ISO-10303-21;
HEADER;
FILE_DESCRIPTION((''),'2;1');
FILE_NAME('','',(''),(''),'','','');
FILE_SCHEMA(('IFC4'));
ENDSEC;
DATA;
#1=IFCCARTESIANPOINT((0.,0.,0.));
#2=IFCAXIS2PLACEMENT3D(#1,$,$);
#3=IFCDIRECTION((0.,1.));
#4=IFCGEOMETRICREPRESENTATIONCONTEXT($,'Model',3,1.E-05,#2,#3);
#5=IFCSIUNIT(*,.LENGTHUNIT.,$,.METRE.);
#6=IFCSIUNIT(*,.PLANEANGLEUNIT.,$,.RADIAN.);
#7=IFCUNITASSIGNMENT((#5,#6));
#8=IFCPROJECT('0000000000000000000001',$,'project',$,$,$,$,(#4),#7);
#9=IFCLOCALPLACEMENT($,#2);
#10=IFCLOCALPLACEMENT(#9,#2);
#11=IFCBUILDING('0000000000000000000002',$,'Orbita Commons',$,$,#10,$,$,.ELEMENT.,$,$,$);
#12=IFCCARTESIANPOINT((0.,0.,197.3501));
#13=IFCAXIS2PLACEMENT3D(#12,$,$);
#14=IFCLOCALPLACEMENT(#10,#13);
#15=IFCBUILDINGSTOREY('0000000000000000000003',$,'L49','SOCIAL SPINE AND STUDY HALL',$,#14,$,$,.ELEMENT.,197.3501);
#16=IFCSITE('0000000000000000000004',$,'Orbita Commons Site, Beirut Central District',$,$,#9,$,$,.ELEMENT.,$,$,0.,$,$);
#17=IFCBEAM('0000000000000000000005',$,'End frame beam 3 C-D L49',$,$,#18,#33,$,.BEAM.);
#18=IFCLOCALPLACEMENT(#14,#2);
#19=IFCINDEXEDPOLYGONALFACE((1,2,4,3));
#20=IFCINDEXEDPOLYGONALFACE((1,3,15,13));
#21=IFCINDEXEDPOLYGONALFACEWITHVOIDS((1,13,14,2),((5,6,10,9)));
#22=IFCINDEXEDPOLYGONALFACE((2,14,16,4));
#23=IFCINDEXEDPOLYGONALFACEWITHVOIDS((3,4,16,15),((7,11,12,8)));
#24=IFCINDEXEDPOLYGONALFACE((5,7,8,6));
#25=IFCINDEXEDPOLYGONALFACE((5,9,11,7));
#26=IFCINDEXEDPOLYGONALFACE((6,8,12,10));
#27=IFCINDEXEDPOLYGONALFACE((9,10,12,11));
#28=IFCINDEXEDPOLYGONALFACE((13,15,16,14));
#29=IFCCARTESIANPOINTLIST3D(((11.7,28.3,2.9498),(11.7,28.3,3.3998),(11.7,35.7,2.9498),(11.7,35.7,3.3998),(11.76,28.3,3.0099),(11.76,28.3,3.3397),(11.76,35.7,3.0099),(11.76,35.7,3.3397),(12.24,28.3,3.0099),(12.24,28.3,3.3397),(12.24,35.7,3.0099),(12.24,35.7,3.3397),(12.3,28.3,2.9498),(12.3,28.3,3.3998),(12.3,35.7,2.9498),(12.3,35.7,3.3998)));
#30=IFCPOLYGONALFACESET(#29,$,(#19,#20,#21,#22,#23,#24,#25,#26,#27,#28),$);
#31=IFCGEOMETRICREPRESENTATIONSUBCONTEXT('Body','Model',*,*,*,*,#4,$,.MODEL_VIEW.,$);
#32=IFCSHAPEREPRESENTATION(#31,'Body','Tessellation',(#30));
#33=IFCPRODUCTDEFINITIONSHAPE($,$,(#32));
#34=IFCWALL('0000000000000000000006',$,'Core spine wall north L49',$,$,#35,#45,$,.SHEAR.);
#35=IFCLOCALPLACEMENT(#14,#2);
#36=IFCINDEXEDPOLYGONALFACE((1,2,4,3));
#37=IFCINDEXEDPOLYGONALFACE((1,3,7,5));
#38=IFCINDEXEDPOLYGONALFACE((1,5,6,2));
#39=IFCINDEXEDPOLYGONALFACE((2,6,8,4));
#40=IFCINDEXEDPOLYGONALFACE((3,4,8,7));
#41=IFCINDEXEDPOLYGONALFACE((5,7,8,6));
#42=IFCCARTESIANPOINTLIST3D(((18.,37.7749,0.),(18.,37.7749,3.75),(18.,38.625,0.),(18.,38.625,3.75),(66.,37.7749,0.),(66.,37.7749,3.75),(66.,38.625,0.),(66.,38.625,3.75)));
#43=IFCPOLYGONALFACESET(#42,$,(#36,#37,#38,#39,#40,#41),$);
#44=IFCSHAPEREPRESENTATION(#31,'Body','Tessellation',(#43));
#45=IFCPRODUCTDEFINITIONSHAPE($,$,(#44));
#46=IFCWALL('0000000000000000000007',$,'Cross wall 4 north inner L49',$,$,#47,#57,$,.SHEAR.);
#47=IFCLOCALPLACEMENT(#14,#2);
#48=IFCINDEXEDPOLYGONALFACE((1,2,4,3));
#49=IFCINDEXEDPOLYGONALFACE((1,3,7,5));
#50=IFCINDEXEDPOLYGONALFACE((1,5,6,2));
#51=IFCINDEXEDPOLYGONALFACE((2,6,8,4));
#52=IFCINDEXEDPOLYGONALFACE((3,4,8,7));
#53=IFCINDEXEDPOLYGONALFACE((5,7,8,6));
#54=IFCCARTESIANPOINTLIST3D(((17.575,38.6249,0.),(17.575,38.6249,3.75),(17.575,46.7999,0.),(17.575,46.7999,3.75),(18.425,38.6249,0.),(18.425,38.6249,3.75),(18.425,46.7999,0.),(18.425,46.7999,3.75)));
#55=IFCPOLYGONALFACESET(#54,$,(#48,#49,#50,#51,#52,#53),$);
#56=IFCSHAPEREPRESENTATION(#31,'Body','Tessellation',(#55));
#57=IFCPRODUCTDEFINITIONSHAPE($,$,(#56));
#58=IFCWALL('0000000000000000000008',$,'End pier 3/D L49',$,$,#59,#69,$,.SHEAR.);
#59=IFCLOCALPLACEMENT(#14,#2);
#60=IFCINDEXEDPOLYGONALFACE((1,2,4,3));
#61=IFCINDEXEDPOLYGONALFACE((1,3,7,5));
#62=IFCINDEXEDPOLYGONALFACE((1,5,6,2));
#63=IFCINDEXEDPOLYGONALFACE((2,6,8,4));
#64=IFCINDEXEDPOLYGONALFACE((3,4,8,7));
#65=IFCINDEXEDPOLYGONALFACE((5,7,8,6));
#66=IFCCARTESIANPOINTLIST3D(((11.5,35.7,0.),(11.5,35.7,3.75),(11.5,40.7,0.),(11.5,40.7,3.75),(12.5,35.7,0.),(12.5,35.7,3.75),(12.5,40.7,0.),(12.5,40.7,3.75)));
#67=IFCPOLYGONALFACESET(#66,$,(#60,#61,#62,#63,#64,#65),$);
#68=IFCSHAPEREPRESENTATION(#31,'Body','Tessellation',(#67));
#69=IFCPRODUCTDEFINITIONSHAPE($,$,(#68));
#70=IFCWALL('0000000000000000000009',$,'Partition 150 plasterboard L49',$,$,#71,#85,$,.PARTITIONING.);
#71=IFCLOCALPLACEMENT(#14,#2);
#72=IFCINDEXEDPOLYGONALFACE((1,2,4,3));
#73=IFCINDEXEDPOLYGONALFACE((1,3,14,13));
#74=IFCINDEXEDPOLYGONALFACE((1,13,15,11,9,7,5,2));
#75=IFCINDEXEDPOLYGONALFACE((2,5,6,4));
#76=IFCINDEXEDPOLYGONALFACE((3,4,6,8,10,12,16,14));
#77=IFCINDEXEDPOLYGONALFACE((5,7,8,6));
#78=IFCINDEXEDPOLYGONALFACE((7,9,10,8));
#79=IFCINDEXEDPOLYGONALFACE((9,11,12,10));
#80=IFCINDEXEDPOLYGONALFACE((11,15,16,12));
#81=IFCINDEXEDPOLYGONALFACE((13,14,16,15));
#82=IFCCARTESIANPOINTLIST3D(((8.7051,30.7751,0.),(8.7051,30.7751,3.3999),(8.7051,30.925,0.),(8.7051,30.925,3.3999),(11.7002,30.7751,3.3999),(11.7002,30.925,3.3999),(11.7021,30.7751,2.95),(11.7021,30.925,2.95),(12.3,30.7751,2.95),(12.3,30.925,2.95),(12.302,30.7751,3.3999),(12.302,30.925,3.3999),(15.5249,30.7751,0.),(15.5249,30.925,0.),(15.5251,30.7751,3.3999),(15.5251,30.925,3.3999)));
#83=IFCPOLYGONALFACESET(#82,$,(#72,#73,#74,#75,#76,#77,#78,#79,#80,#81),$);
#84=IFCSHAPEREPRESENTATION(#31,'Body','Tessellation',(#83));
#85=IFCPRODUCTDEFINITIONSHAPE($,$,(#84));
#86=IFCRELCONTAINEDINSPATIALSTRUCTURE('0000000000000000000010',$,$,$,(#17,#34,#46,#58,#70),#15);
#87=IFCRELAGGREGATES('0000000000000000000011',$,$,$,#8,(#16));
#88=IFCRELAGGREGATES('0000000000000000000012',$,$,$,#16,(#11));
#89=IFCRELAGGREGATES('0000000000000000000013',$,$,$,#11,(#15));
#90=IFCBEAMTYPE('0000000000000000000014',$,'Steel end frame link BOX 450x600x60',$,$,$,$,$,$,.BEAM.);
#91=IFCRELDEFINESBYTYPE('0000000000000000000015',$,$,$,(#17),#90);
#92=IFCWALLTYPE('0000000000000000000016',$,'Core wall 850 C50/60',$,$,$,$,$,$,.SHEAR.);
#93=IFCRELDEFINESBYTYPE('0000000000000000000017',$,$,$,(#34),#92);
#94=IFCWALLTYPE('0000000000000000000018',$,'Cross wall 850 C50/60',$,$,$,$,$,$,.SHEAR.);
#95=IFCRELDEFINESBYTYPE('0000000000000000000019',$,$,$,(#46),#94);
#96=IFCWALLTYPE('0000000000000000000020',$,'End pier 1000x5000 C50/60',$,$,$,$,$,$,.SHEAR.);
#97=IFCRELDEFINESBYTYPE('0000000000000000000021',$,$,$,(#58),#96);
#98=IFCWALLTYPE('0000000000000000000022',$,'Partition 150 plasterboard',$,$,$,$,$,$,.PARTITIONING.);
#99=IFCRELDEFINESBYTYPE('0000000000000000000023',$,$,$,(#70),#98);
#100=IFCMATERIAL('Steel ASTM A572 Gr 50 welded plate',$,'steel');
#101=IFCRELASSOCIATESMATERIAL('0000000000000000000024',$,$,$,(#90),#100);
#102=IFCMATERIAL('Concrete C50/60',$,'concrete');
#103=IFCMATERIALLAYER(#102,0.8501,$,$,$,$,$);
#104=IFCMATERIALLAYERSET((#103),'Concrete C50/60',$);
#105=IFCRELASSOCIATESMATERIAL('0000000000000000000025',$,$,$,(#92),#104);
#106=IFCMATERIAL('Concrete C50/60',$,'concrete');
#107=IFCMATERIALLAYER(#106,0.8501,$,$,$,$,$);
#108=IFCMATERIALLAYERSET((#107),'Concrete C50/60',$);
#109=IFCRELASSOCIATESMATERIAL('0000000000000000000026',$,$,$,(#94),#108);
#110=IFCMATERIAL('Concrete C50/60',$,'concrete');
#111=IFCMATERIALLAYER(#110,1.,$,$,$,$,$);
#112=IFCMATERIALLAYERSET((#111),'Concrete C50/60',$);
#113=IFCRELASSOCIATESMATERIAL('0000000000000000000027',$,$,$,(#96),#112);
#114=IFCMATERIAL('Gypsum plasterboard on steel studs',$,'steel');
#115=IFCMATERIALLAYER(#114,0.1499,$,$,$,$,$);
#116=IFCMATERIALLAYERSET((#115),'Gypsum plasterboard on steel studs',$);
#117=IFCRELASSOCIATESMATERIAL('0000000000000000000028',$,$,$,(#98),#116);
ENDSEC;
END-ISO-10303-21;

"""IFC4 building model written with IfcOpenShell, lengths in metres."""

from ifc_helpers import new_model, si_unit, direction, frame, frame_2d, origin, origin_2d, place, context, subcontext, project, spatial, polyline, rectangle, hollow_rectangle, outline, extrude, material, layer, layer_set, material_profile, profile_set, type_object, element, save


model = new_model("IFC4")

# Units and contexts
model_context = context("Model", 3, precision=1e-05, world=origin(), true_north=direction((0.0, 1.0)))
body_context = subcontext(model_context, "Body", "Model", "MODEL_VIEW")
ifc_project = project(units=[si_unit("LENGTHUNIT", "METRE"), si_unit("PLANEANGLEUNIT", "RADIAN")], contexts=[model_context])

# Site, building, storey
site_placement = place(None, origin())
site = spatial("IfcSite", under=ifc_project, at=site_placement, Name="Orbita Commons Site, Beirut Central District", CompositionType="ELEMENT", RefElevation=0.0)
building_placement = place(site_placement, origin())
building = spatial("IfcBuilding", under=site, at=building_placement, Name="Orbita Commons", CompositionType="ELEMENT")
storey_placement = place(building_placement, frame((0.0, 0.0, 197.3501)))
storey = spatial("IfcBuildingStorey", under=building, at=storey_placement, Name="L49", Description="SOCIAL SPINE AND STUDY HALL", CompositionType="ELEMENT", Elevation=197.3501)

# Beam
ifc_material_1 = material(Name="Steel ASTM A572 Gr 50 welded plate", Category="steel")
ifc_material_profile = material_profile(ifc_material_1, hollow_rectangle(XDim=0.6001, YDim=0.45, WallThickness=0.0601, at=origin_2d()), Name="BOX 450x600x60")
ifc_profile_set = profile_set([ifc_material_profile], Name="Steel ASTM A572 Gr 50 welded plate")
beam_type = type_object("IfcBeamType", Name="Steel end frame link BOX 450x600x60", PredefinedType="BEAM", material=ifc_profile_set)
beam_placement = place(storey_placement, frame((12.0, 28.3, 3.1748), z_axis=(0.0, 1.0, 0.0), x_axis=(-1.0, 0.0, 0.0)))
element("IfcBeam", 1, at=beam_placement, inside=storey, type_object=beam_type, Name="End frame beam 3 C-D L49", PredefinedType="BEAM", context=body_context, shape_type="SweptSolid", body=[
    extrude(hollow_rectangle(XDim=0.6001, YDim=0.45, WallThickness=0.0601, at=origin_2d()), origin(), (0.0, 0.0, 1.0), 7.3999),
])

# Walls
ifc_material_2 = material(Name="Concrete C50/60", Category="concrete")
ifc_layer_1 = layer(ifc_material_2, 0.8501)
ifc_layer_set_1 = layer_set([ifc_layer_1], Name="Concrete C50/60")
wall_type_1 = type_object("IfcWallType", Name="Core wall 850 C50/60", PredefinedType="SHEAR", material=ifc_layer_set_1)
wall_1_placement = place(storey_placement, frame((18.0, 38.2, 0.0), z_axis=(0.0, 0.0, 1.0), x_axis=(1.0, 0.0, 0.0)))
element("IfcWall", 2, at=wall_1_placement, inside=storey, type_object=wall_type_1, Name="Core spine wall north L49", PredefinedType="SHEAR", context=body_context, shape_type="SweptSolid", body=[
    extrude(rectangle(XDim=48.0, YDim=0.8501, at=frame_2d((24.0, 0.0))), origin(), (0.0, 0.0, 1.0), 3.75),
])
ifc_material_3 = material(Name="Concrete C50/60", Category="concrete")
ifc_layer_2 = layer(ifc_material_3, 0.8501)
ifc_layer_set_2 = layer_set([ifc_layer_2], Name="Concrete C50/60")
wall_type_2 = type_object("IfcWallType", Name="Cross wall 850 C50/60", PredefinedType="SHEAR", material=ifc_layer_set_2)
wall_2_placement = place(storey_placement, frame((18.0, 38.625, 0.0), z_axis=(0.0, 0.0, 1.0), x_axis=(0.0, 1.0, 0.0)))
element("IfcWall", 3, at=wall_2_placement, inside=storey, type_object=wall_type_2, Name="Cross wall 4 north inner L49", PredefinedType="SHEAR", context=body_context, shape_type="SweptSolid", body=[
    extrude(rectangle(XDim=8.175, YDim=0.8501, at=frame_2d((4.0874, 0.0))), origin(), (0.0, 0.0, 1.0), 3.75),
])
ifc_material_4 = material(Name="Concrete C50/60", Category="concrete")
ifc_layer_3 = layer(ifc_material_4, 1.0)
ifc_layer_set_3 = layer_set([ifc_layer_3], Name="Concrete C50/60")
wall_type_3 = type_object("IfcWallType", Name="End pier 1000x5000 C50/60", PredefinedType="SHEAR", material=ifc_layer_set_3)
wall_3_placement = place(storey_placement, frame((12.0, 35.7, 0.0), z_axis=(0.0, 0.0, 1.0), x_axis=(0.0, 1.0, 0.0)))
element("IfcWall", 4, at=wall_3_placement, inside=storey, type_object=wall_type_3, Name="End pier 3/D L49", PredefinedType="SHEAR", context=body_context, shape_type="SweptSolid", body=[
    extrude(rectangle(XDim=5.0, YDim=1.0, at=frame_2d((2.5, 0.0))), origin(), (0.0, 0.0, 1.0), 3.75),
])
ifc_material_5 = material(Name="Gypsum plasterboard on steel studs", Category="steel")
ifc_layer_4 = layer(ifc_material_5, 0.1499)
ifc_layer_set_4 = layer_set([ifc_layer_4], Name="Gypsum plasterboard on steel studs")
wall_type_4 = type_object("IfcWallType", Name="Partition 150 plasterboard", PredefinedType="PARTITIONING", material=ifc_layer_set_4)
wall_4_placement = place(storey_placement, frame((8.7051, 30.8501, 0.0), z_axis=(0.0, 0.0, 1.0), x_axis=(1.0, 0.0, 0.0)))
element("IfcWall", 5, at=wall_4_placement, inside=storey, type_object=wall_type_4, Name="Partition 150 plasterboard L49", PredefinedType="PARTITIONING", context=body_context, shape_type="SweptSolid", body=[
    extrude(outline(polyline([(0.0, 0.0), (6.8198, 0.0), (6.8201, 3.3999), (3.5969, 3.3999), (3.595, 2.95), (2.9971, 2.95), (2.9951, 3.3999), (0.0, 3.3999), (0.0, 0.0)])), frame((0.0, 0.075, 0.0), z_axis=(0.0, -1.0, 0.0), x_axis=(1.0, 0.0, 0.0)), (0.0, 0.0, 1.0), 0.1499),
])

save(model, "model.ifc")
